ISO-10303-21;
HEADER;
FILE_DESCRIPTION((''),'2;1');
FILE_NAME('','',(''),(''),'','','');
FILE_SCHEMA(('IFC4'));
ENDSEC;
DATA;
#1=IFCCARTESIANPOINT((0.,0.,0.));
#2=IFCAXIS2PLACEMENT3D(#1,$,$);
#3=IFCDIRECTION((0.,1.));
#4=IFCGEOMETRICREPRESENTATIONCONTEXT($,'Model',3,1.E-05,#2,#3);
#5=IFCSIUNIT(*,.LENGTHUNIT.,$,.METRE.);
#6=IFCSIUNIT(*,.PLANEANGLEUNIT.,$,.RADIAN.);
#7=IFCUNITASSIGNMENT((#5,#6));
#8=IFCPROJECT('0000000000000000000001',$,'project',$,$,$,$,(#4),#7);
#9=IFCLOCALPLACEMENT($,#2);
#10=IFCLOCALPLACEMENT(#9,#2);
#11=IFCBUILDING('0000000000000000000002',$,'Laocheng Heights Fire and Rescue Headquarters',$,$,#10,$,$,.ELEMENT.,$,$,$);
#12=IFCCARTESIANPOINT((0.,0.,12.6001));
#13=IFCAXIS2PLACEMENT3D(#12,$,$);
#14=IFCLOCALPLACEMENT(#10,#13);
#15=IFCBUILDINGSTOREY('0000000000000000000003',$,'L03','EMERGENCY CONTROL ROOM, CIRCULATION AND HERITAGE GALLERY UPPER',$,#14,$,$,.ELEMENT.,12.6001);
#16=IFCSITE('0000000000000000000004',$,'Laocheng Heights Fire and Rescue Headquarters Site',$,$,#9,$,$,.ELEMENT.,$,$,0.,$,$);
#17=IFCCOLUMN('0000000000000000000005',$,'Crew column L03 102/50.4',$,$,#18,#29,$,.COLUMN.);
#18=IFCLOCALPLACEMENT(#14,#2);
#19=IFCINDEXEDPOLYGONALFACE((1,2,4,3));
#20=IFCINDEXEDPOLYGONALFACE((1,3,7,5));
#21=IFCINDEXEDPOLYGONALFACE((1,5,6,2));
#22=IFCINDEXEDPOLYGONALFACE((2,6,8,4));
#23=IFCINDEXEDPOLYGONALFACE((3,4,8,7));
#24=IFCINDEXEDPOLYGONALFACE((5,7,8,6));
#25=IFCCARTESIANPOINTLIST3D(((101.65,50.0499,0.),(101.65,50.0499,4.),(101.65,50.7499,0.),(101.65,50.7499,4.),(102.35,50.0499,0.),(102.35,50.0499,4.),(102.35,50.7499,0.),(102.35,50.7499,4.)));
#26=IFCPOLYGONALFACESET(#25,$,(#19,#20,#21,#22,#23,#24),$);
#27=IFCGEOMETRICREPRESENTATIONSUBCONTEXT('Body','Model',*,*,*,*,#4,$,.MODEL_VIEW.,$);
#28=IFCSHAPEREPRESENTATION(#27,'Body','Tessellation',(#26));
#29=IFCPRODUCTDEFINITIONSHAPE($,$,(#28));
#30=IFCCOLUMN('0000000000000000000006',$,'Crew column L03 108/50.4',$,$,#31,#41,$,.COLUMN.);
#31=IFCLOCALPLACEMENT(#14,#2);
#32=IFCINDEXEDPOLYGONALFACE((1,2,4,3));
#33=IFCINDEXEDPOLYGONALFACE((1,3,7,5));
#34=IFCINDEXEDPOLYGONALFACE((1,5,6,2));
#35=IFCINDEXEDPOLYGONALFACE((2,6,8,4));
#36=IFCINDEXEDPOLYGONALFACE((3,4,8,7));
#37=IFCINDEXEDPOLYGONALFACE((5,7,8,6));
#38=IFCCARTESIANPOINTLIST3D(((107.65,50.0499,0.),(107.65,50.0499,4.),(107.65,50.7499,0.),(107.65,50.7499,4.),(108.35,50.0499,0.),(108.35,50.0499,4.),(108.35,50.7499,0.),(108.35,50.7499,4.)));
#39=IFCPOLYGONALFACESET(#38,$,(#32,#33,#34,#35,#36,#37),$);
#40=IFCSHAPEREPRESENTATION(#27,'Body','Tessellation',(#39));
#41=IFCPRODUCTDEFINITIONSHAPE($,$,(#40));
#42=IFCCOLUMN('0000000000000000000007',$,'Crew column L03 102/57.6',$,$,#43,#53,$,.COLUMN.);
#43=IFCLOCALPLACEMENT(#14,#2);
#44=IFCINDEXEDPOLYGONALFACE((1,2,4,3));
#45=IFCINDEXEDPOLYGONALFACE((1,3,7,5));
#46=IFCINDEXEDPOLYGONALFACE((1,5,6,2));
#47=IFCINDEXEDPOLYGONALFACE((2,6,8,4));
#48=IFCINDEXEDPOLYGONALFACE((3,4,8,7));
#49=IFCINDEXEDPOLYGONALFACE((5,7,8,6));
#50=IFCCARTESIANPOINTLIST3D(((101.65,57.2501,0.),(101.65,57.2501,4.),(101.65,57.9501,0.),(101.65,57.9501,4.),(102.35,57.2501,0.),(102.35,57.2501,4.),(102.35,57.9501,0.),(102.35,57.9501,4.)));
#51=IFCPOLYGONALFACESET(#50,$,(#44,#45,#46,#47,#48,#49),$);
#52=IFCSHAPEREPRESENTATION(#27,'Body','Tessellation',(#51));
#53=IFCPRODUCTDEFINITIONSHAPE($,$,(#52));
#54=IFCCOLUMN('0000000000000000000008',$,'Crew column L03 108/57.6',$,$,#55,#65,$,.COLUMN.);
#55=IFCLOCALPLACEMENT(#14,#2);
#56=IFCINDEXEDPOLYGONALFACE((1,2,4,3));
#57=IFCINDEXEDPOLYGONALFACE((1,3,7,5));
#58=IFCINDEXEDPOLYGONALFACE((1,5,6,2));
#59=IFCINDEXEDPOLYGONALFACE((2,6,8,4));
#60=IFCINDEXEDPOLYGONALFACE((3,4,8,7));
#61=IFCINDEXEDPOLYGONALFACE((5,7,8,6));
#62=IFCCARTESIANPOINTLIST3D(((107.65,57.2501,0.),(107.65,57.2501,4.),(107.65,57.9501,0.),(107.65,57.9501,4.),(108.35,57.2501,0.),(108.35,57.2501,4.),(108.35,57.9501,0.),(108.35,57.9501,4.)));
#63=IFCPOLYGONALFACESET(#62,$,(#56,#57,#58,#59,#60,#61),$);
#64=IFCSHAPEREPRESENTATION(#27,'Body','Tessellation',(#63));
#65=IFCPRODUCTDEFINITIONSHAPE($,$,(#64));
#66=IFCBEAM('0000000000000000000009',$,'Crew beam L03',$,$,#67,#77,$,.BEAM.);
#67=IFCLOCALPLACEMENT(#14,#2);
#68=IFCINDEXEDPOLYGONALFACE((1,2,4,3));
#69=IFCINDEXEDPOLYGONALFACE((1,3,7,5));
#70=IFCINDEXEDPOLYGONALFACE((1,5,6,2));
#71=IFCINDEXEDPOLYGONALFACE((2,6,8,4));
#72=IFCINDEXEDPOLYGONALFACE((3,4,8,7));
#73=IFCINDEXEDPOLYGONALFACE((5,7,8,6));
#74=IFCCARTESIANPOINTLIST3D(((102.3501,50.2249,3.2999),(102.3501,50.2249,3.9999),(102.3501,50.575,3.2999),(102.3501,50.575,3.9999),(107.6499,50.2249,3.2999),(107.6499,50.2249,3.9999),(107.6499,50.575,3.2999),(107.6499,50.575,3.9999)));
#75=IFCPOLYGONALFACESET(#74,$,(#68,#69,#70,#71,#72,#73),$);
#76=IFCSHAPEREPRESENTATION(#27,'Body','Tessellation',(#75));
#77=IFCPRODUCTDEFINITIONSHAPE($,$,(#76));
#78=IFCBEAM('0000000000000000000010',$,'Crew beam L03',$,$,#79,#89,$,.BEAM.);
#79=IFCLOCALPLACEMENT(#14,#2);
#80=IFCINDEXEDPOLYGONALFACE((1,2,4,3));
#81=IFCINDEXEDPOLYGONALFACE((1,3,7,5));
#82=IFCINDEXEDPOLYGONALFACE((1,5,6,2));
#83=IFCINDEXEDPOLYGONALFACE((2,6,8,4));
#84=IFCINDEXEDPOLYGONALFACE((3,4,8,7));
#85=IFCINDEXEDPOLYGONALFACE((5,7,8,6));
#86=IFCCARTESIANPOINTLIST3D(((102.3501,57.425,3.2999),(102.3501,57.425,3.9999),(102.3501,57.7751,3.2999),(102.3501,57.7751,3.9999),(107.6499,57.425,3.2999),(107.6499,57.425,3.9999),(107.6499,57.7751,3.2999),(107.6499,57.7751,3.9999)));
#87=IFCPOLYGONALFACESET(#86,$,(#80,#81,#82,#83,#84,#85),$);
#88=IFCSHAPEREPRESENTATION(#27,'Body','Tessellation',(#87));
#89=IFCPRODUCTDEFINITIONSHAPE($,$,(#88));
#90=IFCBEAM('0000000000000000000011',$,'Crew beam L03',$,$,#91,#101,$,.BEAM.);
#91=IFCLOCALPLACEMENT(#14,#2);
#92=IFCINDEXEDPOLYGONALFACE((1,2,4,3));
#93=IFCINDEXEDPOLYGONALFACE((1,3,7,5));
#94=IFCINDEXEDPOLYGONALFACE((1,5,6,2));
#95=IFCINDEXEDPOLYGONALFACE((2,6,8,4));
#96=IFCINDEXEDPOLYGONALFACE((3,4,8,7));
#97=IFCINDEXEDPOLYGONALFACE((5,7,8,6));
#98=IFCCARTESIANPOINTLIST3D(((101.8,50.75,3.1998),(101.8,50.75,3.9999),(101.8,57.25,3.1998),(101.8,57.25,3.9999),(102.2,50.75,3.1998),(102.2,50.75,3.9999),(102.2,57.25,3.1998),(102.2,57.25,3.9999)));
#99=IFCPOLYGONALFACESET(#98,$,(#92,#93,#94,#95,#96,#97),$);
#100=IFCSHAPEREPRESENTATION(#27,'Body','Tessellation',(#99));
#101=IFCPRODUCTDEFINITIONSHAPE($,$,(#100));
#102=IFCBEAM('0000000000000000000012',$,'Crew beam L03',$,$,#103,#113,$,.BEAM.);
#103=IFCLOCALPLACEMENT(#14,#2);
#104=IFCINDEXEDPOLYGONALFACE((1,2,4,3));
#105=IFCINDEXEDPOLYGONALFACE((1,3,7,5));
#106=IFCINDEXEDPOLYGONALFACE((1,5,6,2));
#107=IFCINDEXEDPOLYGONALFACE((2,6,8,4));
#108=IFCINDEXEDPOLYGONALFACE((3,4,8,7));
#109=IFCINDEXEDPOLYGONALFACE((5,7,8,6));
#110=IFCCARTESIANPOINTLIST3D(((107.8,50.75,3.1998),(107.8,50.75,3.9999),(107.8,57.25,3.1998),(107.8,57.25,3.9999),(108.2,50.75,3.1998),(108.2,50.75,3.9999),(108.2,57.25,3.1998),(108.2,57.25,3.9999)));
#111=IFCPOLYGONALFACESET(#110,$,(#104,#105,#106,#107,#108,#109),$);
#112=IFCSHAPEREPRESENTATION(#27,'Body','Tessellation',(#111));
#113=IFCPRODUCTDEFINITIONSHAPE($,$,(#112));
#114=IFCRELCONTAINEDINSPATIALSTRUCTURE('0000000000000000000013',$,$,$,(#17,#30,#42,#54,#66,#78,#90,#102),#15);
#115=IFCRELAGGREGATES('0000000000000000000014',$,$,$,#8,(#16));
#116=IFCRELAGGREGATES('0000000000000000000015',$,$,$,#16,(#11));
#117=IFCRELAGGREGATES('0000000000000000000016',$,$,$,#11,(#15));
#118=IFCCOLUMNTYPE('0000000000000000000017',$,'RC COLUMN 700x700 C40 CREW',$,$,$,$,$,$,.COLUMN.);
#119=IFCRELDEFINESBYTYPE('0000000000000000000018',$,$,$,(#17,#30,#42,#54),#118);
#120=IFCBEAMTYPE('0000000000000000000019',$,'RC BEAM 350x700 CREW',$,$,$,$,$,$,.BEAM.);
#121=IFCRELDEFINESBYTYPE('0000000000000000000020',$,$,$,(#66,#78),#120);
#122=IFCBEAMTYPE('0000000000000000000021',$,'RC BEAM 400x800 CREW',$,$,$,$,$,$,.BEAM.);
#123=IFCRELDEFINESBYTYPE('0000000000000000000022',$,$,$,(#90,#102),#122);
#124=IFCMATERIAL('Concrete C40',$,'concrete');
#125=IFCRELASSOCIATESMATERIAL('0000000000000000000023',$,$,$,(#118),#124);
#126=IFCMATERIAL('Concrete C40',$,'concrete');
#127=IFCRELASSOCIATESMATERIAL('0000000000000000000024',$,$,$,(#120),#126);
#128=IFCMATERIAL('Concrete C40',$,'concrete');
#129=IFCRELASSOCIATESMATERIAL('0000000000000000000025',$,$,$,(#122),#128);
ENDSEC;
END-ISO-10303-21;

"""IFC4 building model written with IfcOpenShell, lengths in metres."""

from ifc_helpers import new_model, si_unit, direction, frame, origin, origin_2d, place, context, subcontext, project, spatial, rectangle, extrude, material, material_profile, profile_set, type_object, element, save


model = new_model("IFC4")

# Units and contexts
model_context = context("Model", 3, precision=1e-05, world=origin(), true_north=direction((0.0, 1.0)))
body_context = subcontext(model_context, "Body", "Model", "MODEL_VIEW")
ifc_project = project(units=[si_unit("LENGTHUNIT", "METRE"), si_unit("PLANEANGLEUNIT", "RADIAN")], contexts=[model_context])

# Site, building, storey
site_placement = place(None, origin())
site = spatial("IfcSite", under=ifc_project, at=site_placement, Name="Laocheng Heights Fire and Rescue Headquarters Site", CompositionType="ELEMENT", RefElevation=0.0)
building_placement = place(site_placement, origin())
building = spatial("IfcBuilding", under=site, at=building_placement, Name="Laocheng Heights Fire and Rescue Headquarters", CompositionType="ELEMENT")
storey_placement = place(building_placement, frame((0.0, 0.0, 12.6001)))
storey = spatial("IfcBuildingStorey", under=building, at=storey_placement, Name="L03", Description="EMERGENCY CONTROL ROOM, CIRCULATION AND HERITAGE GALLERY UPPER", CompositionType="ELEMENT", Elevation=12.6001)

# Columns
ifc_material_1 = material(Name="Concrete C40", Category="concrete")
ifc_material_profile_1 = material_profile(ifc_material_1, rectangle(XDim=0.7, YDim=0.7, at=origin_2d()), Name="RC COLUMN 700x700 C40 CREW")
ifc_profile_set_1 = profile_set([ifc_material_profile_1], Name="Concrete C40")
column_type = type_object("IfcColumnType", Name="RC COLUMN 700x700 C40 CREW", PredefinedType="COLUMN", material=ifc_profile_set_1)
for number, where, z_axis, x_axis, name in (
    (1, (102.0, 50.3999, 0.0), (0.0, 0.0, 1.0), (1.0, 0.0, 0.0), "Crew column L03 102/50.4"),
    (2, (108.0, 50.3999, 0.0), (0.0, 0.0, 1.0), (1.0, 0.0, 0.0), "Crew column L03 108/50.4"),
    (3, (102.0, 57.6001, 0.0), (0.0, 0.0, 1.0), (1.0, 0.0, 0.0), "Crew column L03 102/57.6"),
    (4, (108.0, 57.6001, 0.0), (0.0, 0.0, 1.0), (1.0, 0.0, 0.0), "Crew column L03 108/57.6"),
):
    element("IfcColumn", number, at=place(storey_placement, frame(where, z_axis=z_axis, x_axis=x_axis)), inside=storey, type_object=column_type, Name=name, PredefinedType="COLUMN", context=body_context, shape_type="SweptSolid", body=[
        extrude(rectangle(XDim=0.7, YDim=0.7, at=origin_2d()), origin(), (0.0, 0.0, 1.0), 4.0),
    ])

# Beams
ifc_material_2 = material(Name="Concrete C40", Category="concrete")
ifc_material_profile_2 = material_profile(ifc_material_2, rectangle(XDim=0.3501, YDim=0.7, at=origin_2d()), Name="RC BEAM 350x700 CREW")
ifc_profile_set_2 = profile_set([ifc_material_profile_2], Name="Concrete C40")
beam_type_1 = type_object("IfcBeamType", Name="RC BEAM 350x700 CREW", PredefinedType="BEAM", material=ifc_profile_set_2)
for number, where, z_axis, x_axis, name in (
    (5, (102.3501, 50.3999, 3.6499), (1.0, 0.0, 0.0), (0.0, 1.0, 0.0), "Crew beam L03"),
    (6, (102.3501, 57.6001, 3.6499), (1.0, 0.0, 0.0), (0.0, 1.0, 0.0), "Crew beam L03"),
):
    element("IfcBeam", number, at=place(storey_placement, frame(where, z_axis=z_axis, x_axis=x_axis)), inside=storey, type_object=beam_type_1, Name=name, PredefinedType="BEAM", context=body_context, shape_type="SweptSolid", body=[
        extrude(rectangle(XDim=0.3501, YDim=0.7, at=origin_2d()), origin(), (0.0, 0.0, 1.0), 5.2998),
    ])
ifc_material_3 = material(Name="Concrete C40", Category="concrete")
ifc_material_profile_3 = material_profile(ifc_material_3, rectangle(XDim=0.3999, YDim=0.8, at=origin_2d()), Name="RC BEAM 400x800 CREW")
ifc_profile_set_3 = profile_set([ifc_material_profile_3], Name="Concrete C40")
beam_type_2 = type_object("IfcBeamType", Name="RC BEAM 400x800 CREW", PredefinedType="BEAM", material=ifc_profile_set_3)
for number, where, z_axis, x_axis, name in (
    (7, (102.0, 50.75, 3.5999), (0.0, 1.0, 0.0), (-1.0, 0.0, 0.0), "Crew beam L03"),
    (8, (108.0, 50.75, 3.5999), (0.0, 1.0, 0.0), (-1.0, 0.0, 0.0), "Crew beam L03"),
):
    element("IfcBeam", number, at=place(storey_placement, frame(where, z_axis=z_axis, x_axis=x_axis)), inside=storey, type_object=beam_type_2, Name=name, PredefinedType="BEAM", context=body_context, shape_type="SweptSolid", body=[
        extrude(rectangle(XDim=0.3999, YDim=0.8, at=origin_2d()), origin(), (0.0, 0.0, 1.0), 6.5),
    ])

save(model, "model.ifc")
